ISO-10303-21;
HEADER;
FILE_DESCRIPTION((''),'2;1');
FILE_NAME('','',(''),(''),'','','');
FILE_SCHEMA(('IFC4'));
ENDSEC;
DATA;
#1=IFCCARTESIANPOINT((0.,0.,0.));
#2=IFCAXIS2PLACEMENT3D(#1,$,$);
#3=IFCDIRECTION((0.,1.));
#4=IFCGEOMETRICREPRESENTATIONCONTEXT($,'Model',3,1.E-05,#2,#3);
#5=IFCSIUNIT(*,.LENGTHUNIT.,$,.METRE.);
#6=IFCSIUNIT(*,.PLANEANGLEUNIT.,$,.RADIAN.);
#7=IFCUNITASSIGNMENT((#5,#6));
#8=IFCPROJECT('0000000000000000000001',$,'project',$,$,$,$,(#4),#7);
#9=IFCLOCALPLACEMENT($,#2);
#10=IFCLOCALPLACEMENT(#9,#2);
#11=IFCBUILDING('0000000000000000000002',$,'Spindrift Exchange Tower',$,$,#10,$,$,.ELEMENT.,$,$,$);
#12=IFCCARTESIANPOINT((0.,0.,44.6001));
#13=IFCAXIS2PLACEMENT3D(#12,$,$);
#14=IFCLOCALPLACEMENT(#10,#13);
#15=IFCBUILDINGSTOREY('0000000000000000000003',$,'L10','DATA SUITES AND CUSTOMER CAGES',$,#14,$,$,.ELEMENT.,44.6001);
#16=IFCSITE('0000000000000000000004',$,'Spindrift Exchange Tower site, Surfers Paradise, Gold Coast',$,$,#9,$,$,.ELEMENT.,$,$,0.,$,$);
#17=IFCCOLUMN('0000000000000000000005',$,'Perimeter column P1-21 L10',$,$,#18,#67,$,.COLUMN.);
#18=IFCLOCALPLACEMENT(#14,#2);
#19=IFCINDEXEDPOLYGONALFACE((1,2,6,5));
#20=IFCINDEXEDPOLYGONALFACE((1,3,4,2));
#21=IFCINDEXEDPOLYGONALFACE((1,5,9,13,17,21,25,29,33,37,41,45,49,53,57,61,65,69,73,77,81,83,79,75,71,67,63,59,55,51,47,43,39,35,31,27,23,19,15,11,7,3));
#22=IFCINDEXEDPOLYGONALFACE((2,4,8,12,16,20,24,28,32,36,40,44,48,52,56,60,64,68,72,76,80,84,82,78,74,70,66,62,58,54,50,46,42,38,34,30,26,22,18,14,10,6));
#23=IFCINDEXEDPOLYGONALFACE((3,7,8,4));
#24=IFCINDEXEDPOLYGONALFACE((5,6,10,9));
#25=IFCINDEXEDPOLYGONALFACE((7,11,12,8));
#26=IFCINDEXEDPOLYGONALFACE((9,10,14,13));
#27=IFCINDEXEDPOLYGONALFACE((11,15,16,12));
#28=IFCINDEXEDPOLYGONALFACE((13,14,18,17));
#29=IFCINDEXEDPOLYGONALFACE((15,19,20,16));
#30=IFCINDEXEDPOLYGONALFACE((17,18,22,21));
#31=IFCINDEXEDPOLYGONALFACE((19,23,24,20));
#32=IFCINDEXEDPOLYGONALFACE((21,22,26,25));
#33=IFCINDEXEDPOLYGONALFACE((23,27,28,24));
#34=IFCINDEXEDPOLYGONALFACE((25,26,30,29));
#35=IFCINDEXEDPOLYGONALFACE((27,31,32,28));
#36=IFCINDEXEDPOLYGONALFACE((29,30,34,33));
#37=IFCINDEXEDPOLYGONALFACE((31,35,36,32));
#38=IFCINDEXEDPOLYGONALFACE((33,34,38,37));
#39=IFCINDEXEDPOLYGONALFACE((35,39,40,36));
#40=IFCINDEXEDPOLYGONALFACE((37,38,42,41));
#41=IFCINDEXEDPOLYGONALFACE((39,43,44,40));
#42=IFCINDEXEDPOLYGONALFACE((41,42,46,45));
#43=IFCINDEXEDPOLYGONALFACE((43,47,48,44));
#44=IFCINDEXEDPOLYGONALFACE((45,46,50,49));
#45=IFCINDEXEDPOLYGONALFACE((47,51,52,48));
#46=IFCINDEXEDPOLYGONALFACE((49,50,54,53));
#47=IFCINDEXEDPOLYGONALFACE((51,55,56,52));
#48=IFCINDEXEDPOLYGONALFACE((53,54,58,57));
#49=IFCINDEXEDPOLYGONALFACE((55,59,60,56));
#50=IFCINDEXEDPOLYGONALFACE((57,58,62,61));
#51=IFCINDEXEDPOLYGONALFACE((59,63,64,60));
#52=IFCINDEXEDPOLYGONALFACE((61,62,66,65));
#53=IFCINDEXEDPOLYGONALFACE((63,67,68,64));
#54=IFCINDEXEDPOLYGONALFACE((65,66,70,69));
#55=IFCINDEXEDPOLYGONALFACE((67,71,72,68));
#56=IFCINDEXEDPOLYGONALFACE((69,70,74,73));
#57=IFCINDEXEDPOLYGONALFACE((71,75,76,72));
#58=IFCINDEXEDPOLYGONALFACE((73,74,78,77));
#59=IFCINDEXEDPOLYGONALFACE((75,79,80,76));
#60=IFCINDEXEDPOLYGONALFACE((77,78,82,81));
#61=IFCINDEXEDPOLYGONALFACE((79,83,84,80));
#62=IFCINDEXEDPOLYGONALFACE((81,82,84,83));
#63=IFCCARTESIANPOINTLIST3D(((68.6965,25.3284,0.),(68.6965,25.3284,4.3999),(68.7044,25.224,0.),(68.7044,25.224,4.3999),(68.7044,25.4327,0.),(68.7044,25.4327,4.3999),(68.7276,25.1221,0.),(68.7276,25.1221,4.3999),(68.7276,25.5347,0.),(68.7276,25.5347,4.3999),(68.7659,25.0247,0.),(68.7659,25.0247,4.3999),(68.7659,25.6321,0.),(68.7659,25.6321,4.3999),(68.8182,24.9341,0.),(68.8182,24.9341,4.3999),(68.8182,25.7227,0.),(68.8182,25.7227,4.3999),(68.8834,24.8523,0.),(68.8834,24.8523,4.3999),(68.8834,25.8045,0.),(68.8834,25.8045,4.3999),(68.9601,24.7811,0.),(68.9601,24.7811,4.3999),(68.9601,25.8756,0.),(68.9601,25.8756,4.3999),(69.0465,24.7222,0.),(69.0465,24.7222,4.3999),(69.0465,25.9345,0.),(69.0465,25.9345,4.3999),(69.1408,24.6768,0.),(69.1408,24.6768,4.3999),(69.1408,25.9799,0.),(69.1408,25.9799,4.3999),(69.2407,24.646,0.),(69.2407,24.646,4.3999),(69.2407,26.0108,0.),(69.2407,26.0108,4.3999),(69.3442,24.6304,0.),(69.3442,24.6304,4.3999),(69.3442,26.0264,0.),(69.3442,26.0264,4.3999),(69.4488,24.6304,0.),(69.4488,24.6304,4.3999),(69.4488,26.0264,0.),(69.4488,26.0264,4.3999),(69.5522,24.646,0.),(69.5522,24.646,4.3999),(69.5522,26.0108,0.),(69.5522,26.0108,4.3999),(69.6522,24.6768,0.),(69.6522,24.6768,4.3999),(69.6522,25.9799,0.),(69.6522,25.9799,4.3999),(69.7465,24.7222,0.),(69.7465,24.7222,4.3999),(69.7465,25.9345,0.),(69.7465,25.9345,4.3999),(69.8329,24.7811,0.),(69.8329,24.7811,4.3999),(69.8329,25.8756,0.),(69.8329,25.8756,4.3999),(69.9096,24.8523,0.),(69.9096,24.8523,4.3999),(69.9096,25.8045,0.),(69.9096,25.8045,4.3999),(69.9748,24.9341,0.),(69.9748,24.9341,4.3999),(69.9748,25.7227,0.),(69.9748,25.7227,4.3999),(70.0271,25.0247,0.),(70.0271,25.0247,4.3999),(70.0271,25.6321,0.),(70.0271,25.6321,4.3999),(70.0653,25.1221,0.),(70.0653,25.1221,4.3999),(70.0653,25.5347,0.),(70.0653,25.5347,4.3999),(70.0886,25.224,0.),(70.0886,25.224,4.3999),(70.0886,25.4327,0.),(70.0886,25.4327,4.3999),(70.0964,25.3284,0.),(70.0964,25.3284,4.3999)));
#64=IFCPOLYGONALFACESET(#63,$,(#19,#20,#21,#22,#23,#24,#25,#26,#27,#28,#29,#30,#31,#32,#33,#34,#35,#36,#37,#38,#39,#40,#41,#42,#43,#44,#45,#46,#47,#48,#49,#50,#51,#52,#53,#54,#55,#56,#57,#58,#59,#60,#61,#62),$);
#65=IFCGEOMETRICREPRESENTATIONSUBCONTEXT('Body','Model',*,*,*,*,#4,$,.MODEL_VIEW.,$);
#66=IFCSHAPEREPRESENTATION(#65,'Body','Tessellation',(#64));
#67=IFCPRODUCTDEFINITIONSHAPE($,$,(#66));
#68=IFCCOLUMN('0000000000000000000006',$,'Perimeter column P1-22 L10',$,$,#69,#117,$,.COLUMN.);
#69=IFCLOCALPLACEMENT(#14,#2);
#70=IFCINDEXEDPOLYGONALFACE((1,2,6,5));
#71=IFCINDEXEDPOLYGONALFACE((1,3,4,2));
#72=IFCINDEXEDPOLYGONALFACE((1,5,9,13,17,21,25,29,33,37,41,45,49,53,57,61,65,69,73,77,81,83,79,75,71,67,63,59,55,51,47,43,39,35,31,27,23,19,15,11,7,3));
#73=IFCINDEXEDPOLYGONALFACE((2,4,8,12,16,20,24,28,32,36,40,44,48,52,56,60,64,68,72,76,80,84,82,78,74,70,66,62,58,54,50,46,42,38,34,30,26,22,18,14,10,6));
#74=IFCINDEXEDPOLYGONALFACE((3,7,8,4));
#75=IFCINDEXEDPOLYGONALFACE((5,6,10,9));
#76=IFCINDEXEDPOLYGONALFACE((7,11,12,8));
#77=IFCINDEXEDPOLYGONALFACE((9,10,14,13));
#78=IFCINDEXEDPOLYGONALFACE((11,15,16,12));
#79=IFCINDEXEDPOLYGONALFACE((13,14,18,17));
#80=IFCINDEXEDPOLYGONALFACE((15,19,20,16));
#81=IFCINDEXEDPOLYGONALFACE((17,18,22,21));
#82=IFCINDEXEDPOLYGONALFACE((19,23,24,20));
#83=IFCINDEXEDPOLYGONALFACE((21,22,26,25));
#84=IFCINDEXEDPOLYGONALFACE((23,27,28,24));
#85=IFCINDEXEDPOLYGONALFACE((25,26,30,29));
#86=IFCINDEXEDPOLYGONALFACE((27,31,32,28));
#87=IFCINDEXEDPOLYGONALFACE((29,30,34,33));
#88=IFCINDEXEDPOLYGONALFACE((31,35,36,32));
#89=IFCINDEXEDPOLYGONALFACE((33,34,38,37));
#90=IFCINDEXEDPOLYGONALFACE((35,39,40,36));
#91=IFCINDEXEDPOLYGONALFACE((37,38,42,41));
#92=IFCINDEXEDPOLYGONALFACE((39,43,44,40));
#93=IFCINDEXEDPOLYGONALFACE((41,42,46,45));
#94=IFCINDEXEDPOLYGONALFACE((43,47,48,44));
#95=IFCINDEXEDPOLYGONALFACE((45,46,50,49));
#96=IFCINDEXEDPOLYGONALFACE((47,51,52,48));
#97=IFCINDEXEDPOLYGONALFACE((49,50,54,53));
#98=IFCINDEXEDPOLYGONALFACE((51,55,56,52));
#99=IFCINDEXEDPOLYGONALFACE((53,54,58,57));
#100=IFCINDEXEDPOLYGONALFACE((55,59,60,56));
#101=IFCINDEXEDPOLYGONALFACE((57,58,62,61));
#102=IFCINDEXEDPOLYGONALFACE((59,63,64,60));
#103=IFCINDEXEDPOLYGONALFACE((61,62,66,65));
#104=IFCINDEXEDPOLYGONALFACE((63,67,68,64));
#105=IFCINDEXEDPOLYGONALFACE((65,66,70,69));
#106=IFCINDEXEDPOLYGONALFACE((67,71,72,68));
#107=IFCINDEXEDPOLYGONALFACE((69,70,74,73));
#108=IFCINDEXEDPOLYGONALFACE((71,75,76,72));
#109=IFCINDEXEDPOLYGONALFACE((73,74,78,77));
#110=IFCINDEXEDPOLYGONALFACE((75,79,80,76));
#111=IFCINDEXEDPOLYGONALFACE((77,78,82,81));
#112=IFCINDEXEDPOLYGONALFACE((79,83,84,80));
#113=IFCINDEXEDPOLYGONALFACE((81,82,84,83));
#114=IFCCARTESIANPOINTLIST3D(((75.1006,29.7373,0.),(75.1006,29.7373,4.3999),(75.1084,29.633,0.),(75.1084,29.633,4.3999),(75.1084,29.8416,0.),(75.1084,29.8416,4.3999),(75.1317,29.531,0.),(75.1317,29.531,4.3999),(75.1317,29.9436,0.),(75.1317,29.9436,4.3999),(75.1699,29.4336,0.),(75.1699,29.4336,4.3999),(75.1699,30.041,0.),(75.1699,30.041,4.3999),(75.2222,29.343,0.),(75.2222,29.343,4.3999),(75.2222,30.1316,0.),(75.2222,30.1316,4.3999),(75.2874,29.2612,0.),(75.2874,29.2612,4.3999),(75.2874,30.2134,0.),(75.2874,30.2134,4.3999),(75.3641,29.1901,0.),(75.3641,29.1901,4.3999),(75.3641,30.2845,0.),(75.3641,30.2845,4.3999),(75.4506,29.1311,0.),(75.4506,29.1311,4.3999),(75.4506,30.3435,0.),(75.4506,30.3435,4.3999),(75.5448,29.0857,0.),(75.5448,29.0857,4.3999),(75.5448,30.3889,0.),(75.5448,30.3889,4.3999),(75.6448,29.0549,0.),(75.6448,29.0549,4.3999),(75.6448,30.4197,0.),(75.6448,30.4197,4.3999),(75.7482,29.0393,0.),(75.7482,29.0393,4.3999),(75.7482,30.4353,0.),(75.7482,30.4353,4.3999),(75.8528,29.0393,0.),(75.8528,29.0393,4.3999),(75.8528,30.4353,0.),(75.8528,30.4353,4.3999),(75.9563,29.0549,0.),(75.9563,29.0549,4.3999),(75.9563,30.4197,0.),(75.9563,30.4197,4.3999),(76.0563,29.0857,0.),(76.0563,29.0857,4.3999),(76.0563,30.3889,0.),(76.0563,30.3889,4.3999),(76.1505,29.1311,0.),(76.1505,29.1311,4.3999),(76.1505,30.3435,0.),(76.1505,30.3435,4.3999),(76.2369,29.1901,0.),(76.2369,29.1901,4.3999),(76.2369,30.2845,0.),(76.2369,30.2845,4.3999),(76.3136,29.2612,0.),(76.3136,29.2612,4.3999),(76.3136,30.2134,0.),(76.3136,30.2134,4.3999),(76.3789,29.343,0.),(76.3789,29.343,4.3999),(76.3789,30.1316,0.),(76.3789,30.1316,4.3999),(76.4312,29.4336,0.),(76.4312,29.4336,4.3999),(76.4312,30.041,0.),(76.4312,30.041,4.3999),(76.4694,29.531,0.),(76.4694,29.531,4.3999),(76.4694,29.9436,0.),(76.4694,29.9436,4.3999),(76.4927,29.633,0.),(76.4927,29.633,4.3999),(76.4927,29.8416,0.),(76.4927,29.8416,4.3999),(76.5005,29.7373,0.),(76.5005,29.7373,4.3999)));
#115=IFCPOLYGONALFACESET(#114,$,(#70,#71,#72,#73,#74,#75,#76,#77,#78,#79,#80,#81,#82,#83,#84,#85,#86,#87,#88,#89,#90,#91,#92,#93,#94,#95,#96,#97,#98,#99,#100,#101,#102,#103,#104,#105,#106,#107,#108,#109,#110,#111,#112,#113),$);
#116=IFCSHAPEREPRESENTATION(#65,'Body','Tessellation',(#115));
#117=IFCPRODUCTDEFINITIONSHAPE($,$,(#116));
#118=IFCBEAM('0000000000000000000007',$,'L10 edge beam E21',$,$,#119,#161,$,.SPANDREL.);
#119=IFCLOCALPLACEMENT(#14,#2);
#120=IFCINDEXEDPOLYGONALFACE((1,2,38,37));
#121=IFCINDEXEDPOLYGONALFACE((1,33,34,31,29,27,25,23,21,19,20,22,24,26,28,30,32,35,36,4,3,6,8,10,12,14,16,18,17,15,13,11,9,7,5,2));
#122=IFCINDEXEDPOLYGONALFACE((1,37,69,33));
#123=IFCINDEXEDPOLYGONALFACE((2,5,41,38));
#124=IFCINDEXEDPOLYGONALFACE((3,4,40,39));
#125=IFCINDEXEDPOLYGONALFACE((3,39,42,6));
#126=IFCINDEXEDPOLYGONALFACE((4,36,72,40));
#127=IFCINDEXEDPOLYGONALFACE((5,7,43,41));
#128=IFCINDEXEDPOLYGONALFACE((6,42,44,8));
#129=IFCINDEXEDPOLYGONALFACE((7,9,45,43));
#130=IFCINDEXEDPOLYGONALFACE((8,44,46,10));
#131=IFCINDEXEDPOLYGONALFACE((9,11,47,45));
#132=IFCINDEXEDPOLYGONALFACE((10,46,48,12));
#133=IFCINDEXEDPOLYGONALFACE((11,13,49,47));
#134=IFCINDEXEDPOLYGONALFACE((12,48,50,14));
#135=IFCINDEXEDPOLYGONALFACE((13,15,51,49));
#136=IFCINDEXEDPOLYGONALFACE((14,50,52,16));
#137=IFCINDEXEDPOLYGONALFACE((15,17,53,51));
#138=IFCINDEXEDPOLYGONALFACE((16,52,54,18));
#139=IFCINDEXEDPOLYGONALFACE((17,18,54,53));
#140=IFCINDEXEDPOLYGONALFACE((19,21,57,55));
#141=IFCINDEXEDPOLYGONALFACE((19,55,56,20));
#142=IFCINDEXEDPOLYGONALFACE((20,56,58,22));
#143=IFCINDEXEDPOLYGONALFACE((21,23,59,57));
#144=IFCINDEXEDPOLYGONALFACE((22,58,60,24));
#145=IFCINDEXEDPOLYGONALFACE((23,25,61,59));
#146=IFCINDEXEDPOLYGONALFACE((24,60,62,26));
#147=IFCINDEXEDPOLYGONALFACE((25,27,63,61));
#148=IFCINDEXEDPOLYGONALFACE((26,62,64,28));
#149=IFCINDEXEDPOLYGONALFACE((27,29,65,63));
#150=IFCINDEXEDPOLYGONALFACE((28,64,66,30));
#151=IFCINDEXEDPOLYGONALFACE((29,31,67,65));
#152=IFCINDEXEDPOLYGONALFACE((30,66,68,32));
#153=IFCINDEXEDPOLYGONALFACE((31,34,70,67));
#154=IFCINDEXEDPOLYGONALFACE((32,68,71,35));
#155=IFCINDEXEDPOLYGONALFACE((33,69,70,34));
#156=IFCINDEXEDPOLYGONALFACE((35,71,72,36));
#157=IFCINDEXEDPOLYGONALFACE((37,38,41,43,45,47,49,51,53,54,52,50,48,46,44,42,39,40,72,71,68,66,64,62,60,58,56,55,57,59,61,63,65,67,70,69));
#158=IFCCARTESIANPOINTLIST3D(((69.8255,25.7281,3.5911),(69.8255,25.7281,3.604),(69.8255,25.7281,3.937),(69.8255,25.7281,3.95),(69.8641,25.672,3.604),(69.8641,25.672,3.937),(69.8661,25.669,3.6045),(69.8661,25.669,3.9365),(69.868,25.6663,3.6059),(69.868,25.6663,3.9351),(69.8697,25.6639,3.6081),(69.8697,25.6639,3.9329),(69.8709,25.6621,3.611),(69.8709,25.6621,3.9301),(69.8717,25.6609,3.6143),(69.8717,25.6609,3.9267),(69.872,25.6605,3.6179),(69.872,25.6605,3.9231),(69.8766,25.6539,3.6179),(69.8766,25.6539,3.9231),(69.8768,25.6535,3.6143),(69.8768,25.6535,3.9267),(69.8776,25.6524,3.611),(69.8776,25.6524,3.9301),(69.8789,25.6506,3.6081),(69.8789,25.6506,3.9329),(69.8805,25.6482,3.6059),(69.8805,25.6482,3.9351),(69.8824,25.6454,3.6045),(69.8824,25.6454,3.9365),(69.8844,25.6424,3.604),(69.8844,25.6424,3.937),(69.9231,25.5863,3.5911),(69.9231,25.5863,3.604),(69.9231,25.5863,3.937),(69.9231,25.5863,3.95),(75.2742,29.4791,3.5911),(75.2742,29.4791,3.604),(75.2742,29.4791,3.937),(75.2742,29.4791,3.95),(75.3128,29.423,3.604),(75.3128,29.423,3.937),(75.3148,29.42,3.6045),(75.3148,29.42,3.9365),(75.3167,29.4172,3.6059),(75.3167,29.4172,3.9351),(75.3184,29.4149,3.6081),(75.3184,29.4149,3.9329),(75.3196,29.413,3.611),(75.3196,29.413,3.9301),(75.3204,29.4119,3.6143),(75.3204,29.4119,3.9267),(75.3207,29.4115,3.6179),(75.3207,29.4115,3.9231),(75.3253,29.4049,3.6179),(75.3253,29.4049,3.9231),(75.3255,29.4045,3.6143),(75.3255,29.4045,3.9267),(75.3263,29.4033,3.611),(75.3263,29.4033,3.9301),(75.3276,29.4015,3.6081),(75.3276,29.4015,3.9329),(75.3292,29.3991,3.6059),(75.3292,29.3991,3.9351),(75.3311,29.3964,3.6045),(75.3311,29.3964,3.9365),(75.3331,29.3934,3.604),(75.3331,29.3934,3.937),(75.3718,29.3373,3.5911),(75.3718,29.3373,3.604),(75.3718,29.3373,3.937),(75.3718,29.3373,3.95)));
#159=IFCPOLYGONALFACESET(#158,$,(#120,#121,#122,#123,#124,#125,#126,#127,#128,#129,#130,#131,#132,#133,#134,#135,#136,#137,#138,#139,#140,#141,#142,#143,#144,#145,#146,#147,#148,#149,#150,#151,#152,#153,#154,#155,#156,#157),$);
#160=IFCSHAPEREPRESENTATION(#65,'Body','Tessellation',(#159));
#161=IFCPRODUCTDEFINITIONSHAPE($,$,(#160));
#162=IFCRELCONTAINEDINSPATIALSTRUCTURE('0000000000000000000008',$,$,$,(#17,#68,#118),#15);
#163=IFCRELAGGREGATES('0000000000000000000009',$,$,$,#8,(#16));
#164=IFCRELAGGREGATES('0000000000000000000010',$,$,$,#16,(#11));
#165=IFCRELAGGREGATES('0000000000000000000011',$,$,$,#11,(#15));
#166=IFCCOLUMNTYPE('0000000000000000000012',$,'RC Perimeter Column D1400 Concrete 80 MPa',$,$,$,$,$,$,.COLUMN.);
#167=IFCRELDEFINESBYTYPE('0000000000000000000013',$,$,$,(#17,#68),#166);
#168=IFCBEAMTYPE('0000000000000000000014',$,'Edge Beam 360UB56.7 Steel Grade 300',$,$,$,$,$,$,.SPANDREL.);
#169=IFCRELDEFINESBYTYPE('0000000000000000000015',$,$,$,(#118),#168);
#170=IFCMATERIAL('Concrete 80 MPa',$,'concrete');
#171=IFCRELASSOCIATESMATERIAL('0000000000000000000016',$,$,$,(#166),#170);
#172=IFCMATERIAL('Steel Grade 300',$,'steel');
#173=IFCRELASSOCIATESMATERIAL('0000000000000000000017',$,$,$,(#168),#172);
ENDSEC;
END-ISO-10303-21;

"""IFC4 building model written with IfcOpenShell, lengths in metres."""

from ifc_helpers import new_model, si_unit, direction, frame, origin, origin_2d, place, context, subcontext, project, spatial, circle, i_section, extrude, source, transform, mapped, material, material_profile, profile_set, type_object, element, save


model = new_model("IFC4")

# Units and contexts
model_context = context("Model", 3, precision=1e-05, world=origin(), true_north=direction((0.0, 1.0)))
body_context = subcontext(model_context, "Body", "Model", "MODEL_VIEW")
ifc_project = project(units=[si_unit("LENGTHUNIT", "METRE"), si_unit("PLANEANGLEUNIT", "RADIAN")], contexts=[model_context])

# Site, building, storey
site_placement = place(None, origin())
site = spatial("IfcSite", under=ifc_project, at=site_placement, Name="Spindrift Exchange Tower site, Surfers Paradise, Gold Coast", CompositionType="ELEMENT", RefElevation=0.0)
building_placement = place(site_placement, origin())
building = spatial("IfcBuilding", under=site, at=building_placement, Name="Spindrift Exchange Tower", CompositionType="ELEMENT")
storey_placement = place(building_placement, frame((0.0, 0.0, 44.6001)))
storey = spatial("IfcBuildingStorey", under=building, at=storey_placement, Name="L10", Description="DATA SUITES AND CUSTOMER CAGES", CompositionType="ELEMENT", Elevation=44.6001)

# Columns
ifc_material_1 = material(Name="Concrete 80 MPa", Category="concrete")
ifc_material_profile_1 = material_profile(ifc_material_1, circle(Radius=0.7, at=origin_2d()), Name="RC D1400")
ifc_profile_set_1 = profile_set([ifc_material_profile_1], Name="Concrete 80 MPa")
column_type = type_object("IfcColumnType", Name="RC Perimeter Column D1400 Concrete 80 MPa", PredefinedType="COLUMN", material=ifc_profile_set_1)
shared_shape_1 = source(origin(), body_context, "Body", "SweptSolid", [
    extrude(circle(Radius=0.7, at=origin_2d()), origin(), (0.0, 0.0, 1.0), 4.3999),
])
for number, where, z_axis, x_axis, name in (
    (1, (69.3965, 25.3284, 0.0), (0.0, 0.0, 1.0), (1.0, 0.0, 0.0), "Perimeter column P1-21 L10"),
    (2, (75.8005, 29.7373, 0.0), (0.0, 0.0, 1.0), (1.0, 0.0, 0.0), "Perimeter column P1-22 L10"),
):
    element("IfcColumn", number, at=place(storey_placement, frame(where, z_axis=z_axis, x_axis=x_axis)), inside=storey, type_object=column_type, Name=name, PredefinedType="COLUMN", context=body_context, shape_type="MappedRepresentation", body=[
        mapped(shared_shape_1, transform((0.0, 0.0, 0.0), scale=1.0)),
    ])

# Beam
ifc_material_2 = material(Name="Steel Grade 300", Category="steel")
ifc_material_profile_2 = material_profile(ifc_material_2, i_section(OverallWidth=0.1721, OverallDepth=0.3589, WebThickness=0.0081, FlangeThickness=0.0129, FilletRadius=0.0139, at=origin_2d()), Name="360UB56.7")
ifc_profile_set_2 = profile_set([ifc_material_profile_2], Name="Steel Grade 300")
beam_type_1 = type_object("IfcBeamType", Name="Edge Beam 360UB56.7 Steel Grade 300", PredefinedType="SPANDREL", material=ifc_profile_set_2)
shared_shape_2 = source(origin(), body_context, "Body", "SweptSolid", [
    extrude(i_section(OverallWidth=0.1721, OverallDepth=0.3589, WebThickness=0.0081, FlangeThickness=0.0129, FilletRadius=0.0139, at=origin_2d()), origin(), (0.0, 0.0, 1.0), 6.615),
])
beam_1_placement = place(storey_placement, frame((69.8743, 25.6572, 3.7705), z_axis=(0.823691, 0.567039, 0.0), x_axis=(-0.567039, 0.823691, 0.0)))
element("IfcBeam", 3, at=beam_1_placement, inside=storey, type_object=beam_type_1, Name="L10 edge beam E21", PredefinedType="SPANDREL", context=body_context, shape_type="MappedRepresentation", body=[
    mapped(shared_shape_2, transform((0.0, 0.0, 0.0), scale=1.0)),
])

save(model, "model.ifc")
